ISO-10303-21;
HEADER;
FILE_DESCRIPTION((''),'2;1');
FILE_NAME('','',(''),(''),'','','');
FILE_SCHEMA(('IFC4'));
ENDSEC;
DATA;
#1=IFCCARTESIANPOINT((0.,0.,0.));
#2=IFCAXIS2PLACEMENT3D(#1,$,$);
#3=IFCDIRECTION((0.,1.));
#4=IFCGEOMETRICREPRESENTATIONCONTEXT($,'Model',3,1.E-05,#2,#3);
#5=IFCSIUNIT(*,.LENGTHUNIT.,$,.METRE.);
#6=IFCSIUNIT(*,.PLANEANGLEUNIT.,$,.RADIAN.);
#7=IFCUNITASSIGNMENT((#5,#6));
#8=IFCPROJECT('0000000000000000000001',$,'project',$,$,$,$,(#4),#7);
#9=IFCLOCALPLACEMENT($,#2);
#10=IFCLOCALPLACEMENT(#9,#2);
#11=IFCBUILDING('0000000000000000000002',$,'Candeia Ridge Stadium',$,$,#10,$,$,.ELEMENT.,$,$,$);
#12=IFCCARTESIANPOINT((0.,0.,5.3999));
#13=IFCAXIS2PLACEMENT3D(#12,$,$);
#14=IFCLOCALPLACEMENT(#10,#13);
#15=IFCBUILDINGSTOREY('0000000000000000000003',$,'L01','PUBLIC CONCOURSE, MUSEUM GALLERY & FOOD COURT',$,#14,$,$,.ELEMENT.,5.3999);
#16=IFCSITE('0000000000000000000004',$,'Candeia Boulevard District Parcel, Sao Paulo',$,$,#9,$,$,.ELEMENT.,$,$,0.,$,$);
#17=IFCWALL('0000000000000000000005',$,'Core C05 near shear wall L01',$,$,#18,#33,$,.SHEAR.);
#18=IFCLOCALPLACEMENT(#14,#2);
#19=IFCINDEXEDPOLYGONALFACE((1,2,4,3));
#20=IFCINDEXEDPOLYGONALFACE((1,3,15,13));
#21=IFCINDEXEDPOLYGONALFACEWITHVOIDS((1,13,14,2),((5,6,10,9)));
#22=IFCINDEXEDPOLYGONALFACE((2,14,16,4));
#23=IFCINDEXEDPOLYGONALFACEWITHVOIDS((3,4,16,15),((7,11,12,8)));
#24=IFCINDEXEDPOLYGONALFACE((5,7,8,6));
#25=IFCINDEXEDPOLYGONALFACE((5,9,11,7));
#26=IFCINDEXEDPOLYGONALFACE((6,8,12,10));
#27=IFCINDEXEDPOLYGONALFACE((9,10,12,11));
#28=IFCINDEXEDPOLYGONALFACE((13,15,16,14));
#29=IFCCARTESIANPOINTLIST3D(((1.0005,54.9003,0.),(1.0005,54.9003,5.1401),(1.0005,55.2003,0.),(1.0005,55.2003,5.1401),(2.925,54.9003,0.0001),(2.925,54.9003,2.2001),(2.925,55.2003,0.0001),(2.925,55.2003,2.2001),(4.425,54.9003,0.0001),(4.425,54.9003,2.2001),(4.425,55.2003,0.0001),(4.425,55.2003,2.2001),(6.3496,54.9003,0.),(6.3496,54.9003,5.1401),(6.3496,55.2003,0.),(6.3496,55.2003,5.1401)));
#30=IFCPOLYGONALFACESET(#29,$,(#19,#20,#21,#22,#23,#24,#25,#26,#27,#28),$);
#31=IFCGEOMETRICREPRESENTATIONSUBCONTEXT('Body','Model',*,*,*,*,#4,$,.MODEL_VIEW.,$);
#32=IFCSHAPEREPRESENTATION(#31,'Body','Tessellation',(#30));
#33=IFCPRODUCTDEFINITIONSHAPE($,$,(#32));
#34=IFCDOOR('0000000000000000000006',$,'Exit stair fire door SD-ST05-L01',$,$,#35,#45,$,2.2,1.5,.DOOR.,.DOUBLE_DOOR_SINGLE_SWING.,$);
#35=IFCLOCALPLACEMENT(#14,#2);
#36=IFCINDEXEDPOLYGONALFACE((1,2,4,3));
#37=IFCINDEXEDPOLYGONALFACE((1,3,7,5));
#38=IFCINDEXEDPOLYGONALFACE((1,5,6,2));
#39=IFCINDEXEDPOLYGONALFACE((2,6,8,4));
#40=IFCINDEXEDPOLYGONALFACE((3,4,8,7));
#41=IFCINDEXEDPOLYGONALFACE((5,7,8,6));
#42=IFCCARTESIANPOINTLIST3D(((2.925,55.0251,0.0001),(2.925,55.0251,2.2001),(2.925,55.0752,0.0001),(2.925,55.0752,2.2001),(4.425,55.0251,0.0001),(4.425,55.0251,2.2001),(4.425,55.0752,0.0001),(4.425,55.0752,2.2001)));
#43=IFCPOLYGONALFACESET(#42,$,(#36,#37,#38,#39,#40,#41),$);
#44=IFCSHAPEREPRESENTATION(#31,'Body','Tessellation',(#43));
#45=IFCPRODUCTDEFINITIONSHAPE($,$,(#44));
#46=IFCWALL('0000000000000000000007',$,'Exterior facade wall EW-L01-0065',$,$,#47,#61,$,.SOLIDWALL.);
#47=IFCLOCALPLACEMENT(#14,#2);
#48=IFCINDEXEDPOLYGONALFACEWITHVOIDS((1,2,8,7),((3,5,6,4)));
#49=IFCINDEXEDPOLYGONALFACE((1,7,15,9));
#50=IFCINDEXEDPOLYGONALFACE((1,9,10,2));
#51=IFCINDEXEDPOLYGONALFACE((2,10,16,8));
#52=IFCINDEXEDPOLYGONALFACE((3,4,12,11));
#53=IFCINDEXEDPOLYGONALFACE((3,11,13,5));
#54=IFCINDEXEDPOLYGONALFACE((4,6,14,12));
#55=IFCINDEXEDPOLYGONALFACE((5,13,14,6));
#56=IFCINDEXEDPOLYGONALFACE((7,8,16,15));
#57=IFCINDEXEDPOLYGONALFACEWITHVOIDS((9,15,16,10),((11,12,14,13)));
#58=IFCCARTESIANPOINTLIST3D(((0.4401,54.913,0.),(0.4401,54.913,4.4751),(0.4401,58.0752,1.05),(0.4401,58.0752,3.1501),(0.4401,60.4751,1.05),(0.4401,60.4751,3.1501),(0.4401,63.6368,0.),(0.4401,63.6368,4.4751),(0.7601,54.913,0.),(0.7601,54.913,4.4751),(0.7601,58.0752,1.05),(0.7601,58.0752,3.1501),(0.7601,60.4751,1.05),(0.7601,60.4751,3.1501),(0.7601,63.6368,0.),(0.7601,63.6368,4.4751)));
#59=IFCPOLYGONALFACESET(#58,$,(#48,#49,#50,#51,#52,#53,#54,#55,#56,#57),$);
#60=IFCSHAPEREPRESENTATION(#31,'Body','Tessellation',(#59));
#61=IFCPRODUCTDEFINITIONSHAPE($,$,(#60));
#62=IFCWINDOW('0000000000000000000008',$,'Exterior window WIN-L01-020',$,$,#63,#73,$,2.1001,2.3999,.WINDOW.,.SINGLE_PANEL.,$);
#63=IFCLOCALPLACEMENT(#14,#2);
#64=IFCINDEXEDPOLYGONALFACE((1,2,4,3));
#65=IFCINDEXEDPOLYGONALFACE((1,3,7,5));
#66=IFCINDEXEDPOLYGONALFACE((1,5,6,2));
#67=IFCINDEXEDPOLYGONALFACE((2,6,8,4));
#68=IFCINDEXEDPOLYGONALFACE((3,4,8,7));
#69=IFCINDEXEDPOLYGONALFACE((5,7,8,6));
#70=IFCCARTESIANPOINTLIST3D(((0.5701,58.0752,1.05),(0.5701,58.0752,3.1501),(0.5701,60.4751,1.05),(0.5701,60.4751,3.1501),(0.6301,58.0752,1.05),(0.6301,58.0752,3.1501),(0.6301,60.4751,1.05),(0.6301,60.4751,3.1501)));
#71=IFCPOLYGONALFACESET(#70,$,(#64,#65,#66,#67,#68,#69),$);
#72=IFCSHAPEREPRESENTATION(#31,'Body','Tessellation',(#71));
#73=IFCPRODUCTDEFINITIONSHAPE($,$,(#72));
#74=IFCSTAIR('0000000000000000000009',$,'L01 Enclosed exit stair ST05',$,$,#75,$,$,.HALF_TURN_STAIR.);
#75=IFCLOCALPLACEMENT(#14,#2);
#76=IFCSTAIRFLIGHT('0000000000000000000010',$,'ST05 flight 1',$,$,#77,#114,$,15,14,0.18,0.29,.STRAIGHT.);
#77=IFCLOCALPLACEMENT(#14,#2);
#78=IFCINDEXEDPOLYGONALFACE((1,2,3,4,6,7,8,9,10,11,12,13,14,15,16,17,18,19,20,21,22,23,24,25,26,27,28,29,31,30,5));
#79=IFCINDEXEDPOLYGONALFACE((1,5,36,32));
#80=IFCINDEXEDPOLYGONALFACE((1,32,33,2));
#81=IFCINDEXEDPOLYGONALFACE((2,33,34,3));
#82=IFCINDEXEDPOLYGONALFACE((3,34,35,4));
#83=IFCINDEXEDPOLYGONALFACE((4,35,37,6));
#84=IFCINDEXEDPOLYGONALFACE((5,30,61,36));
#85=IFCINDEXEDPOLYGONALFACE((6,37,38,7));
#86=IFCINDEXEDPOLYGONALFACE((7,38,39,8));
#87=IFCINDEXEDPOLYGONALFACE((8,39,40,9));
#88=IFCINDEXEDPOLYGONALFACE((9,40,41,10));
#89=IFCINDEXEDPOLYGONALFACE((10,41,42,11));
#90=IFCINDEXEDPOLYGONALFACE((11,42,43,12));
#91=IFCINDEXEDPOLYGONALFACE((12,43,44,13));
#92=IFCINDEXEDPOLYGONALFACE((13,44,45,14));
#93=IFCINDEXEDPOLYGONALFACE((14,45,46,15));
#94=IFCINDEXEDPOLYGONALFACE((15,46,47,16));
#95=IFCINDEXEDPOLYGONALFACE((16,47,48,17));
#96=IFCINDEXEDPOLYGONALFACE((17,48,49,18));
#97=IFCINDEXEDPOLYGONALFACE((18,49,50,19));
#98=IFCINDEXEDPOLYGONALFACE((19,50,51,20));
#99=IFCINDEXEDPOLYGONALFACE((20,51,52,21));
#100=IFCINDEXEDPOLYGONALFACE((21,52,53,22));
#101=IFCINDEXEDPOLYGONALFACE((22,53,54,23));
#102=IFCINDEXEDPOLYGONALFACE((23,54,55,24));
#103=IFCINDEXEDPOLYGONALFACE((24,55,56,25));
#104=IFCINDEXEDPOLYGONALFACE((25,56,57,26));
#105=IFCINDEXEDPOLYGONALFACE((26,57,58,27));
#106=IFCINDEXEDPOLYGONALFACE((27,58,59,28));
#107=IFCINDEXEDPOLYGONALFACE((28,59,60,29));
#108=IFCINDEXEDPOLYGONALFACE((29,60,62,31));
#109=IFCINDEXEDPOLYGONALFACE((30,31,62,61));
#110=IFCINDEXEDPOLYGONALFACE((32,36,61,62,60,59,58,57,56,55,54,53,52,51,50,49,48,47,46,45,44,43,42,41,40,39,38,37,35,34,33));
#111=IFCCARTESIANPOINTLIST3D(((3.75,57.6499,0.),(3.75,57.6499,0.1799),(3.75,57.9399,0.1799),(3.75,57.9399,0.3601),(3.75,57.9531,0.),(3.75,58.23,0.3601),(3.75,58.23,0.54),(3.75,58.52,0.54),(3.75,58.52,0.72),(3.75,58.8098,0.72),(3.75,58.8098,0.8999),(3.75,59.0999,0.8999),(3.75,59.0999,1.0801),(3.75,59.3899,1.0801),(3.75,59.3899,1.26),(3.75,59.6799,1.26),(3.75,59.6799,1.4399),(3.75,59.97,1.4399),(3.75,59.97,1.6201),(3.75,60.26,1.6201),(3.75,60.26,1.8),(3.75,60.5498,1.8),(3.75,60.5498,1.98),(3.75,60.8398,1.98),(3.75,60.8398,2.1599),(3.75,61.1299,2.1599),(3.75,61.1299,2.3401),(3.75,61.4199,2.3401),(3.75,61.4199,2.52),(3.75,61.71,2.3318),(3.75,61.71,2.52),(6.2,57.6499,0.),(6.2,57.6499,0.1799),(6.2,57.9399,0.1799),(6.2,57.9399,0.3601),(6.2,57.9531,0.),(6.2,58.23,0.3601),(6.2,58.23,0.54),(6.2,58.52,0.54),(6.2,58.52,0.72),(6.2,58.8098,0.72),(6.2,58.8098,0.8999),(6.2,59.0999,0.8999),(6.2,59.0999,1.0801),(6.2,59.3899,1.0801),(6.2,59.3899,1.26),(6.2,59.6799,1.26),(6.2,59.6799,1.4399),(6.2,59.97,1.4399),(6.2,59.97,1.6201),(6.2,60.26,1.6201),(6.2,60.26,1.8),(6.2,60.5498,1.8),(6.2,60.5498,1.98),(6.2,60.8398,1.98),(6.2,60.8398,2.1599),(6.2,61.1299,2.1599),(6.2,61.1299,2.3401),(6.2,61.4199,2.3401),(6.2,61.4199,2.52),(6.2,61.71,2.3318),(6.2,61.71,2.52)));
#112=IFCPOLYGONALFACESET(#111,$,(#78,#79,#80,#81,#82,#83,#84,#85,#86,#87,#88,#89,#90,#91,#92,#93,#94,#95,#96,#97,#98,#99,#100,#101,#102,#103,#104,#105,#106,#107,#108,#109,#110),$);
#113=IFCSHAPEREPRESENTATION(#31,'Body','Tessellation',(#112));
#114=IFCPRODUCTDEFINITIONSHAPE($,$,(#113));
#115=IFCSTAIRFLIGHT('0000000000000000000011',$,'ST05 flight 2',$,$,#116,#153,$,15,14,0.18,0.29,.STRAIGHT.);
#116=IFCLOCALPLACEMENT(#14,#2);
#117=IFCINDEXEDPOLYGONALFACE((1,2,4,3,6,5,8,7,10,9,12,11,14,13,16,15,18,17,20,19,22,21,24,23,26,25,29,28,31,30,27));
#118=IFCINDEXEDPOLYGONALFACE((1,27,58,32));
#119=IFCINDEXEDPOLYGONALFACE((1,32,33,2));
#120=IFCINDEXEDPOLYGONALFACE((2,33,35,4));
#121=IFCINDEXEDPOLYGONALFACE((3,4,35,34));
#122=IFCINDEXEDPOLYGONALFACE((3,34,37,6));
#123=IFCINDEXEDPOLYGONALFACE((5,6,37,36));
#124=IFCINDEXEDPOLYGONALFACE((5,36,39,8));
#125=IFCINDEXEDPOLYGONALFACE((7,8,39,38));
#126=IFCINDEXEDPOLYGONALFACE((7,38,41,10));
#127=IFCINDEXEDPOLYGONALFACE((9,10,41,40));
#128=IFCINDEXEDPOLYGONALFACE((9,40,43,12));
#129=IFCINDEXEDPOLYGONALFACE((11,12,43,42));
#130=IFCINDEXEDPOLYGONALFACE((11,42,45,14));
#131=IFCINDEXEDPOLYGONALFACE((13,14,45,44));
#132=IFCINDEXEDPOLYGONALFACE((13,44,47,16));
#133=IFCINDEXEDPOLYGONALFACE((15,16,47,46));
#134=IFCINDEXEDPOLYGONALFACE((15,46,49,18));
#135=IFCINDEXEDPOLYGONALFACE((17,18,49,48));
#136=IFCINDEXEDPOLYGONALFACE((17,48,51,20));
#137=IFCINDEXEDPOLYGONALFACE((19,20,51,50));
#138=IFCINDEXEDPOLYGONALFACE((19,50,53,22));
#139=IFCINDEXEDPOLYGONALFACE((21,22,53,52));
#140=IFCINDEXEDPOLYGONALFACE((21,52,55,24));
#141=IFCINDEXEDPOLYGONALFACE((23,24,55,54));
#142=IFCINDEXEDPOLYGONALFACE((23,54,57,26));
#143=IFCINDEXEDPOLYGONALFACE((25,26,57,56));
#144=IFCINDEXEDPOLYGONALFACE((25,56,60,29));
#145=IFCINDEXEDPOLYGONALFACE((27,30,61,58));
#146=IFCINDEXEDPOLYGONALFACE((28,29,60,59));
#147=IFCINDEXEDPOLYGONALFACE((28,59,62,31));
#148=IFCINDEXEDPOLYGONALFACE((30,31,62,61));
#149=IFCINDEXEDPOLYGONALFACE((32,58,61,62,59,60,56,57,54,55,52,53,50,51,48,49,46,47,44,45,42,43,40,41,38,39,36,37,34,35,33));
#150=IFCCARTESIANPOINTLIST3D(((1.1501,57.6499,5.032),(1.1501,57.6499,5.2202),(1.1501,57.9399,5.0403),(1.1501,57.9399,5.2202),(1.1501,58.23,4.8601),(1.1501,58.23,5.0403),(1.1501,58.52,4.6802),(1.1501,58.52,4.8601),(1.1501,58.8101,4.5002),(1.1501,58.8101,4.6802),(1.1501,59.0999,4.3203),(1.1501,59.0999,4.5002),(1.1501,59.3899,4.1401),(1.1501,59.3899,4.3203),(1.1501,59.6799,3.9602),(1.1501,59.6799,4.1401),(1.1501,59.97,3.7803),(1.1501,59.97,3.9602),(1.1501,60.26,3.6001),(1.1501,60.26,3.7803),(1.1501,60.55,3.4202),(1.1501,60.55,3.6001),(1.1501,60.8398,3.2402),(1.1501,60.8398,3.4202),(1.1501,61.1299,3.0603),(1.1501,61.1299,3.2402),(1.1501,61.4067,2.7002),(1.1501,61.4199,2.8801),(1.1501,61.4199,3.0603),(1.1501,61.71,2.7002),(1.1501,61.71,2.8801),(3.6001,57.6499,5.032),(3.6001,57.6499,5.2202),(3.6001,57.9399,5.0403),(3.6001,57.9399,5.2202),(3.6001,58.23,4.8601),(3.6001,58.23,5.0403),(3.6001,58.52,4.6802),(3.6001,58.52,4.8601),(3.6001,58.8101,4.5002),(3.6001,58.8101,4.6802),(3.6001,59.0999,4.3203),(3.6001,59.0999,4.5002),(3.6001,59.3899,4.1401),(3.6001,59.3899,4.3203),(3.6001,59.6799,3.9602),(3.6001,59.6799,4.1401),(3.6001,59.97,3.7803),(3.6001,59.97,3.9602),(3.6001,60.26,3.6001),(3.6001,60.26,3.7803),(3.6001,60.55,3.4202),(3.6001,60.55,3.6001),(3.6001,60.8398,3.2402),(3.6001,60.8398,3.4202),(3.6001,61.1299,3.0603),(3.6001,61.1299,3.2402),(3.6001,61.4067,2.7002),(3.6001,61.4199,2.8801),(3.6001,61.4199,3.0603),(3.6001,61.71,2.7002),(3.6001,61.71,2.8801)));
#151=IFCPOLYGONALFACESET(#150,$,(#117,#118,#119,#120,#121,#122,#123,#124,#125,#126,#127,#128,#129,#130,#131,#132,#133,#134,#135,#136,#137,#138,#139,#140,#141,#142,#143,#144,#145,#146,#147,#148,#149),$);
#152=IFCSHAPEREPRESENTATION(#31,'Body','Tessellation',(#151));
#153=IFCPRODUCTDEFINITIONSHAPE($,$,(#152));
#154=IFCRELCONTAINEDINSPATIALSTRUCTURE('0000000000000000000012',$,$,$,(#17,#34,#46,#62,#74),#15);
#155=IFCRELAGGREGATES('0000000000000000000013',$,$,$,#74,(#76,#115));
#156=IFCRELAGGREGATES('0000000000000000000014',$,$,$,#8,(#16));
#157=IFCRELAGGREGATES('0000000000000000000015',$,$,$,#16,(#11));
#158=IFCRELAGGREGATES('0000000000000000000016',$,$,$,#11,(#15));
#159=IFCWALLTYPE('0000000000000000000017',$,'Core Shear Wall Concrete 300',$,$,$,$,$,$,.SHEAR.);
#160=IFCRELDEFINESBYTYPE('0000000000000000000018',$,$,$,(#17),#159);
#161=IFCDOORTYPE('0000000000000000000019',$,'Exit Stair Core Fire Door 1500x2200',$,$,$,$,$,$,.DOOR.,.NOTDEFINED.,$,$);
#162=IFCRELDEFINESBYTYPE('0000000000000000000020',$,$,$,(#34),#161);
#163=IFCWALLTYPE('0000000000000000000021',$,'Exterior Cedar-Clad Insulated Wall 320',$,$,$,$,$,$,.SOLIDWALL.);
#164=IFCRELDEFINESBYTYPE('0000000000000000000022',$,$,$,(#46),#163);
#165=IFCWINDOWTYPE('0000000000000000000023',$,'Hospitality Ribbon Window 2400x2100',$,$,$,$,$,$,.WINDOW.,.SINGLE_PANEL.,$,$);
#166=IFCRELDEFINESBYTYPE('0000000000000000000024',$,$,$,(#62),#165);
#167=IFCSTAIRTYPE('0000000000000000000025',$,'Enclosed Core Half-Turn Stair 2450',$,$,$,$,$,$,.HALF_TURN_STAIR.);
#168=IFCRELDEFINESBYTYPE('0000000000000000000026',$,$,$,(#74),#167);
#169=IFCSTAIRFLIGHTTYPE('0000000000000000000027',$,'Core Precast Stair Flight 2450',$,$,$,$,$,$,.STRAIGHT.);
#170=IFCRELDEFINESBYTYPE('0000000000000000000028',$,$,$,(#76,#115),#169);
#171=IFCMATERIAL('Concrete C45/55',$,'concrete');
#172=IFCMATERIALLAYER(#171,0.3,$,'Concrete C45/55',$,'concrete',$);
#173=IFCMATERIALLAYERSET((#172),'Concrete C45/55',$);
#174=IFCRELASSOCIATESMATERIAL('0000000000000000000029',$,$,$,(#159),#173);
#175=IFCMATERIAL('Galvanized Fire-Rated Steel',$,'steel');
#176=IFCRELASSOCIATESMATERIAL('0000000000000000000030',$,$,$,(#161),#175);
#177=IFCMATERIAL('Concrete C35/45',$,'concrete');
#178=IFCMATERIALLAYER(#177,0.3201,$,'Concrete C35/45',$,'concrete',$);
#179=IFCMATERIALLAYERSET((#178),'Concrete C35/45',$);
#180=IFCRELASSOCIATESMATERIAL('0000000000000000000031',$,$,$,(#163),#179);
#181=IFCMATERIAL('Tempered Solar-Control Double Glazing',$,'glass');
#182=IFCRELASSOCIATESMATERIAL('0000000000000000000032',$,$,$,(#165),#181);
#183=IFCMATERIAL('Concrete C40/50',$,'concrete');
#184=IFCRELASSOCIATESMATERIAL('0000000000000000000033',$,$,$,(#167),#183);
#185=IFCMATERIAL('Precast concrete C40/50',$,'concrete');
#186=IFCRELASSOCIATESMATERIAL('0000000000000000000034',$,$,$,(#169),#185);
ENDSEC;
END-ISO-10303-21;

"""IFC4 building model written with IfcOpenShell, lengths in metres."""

from ifc_helpers import new_model, si_unit, direction, frame, frame_2d, origin, place, context, subcontext, project, spatial, polyline, rectangle, outline, extrude, material, layer, layer_set, type_object, element, fill, aggregate, save


model = new_model("IFC4")

# Units and contexts
model_context = context("Model", 3, precision=1e-05, world=origin(), true_north=direction((0.0, 1.0)))
body_context = subcontext(model_context, "Body", "Model", "MODEL_VIEW")
ifc_project = project(units=[si_unit("LENGTHUNIT", "METRE"), si_unit("PLANEANGLEUNIT", "RADIAN")], contexts=[model_context])

# Site, building, storey
site_placement = place(None, origin())
site = spatial("IfcSite", under=ifc_project, at=site_placement, Name="Candeia Boulevard District Parcel, Sao Paulo", CompositionType="ELEMENT", RefElevation=0.0)
building_placement = place(site_placement, origin())
building = spatial("IfcBuilding", under=site, at=building_placement, Name="Candeia Ridge Stadium", CompositionType="ELEMENT")
storey_placement = place(building_placement, frame((0.0, 0.0, 5.3999)))
storey = spatial("IfcBuildingStorey", under=building, at=storey_placement, Name="L01", Description="PUBLIC CONCOURSE, MUSEUM GALLERY & FOOD COURT", CompositionType="ELEMENT", Elevation=5.3999)

# Shared definitions
ifc_material_1 = material(Name="Concrete C40/50", Category="concrete")
ifc_material_2 = material(Name="Concrete C45/55", Category="concrete")

# Shared definitions
ifc_layer_1 = layer(ifc_material_2, 0.3, Name="Concrete C45/55", Category="concrete")
ifc_layer_set_1 = layer_set([ifc_layer_1], Name="Concrete C45/55")
wall_type_1 = type_object("IfcWallType", Name="Core Shear Wall Concrete 300", PredefinedType="SHEAR", material=ifc_layer_set_1)

# Wall, opening, door
wall_1_placement = place(storey_placement, frame((1.0005, 55.0503, 0.0), z_axis=(0.0, 0.0, 1.0), x_axis=(1.0, 0.0, 0.0)))
wall_1 = element("IfcWall", 1, at=wall_1_placement, inside=storey, type_object=wall_type_1, Name="Core C05 near shear wall L01", PredefinedType="SHEAR", context=body_context, shape_type="SweptSolid", body=[
    extrude(rectangle(XDim=5.3491, YDim=0.3, at=frame_2d((2.6746, 0.0))), origin(), (0.0, 0.0, 1.0), 5.1401),
])
opening_1_placement = place(wall_1_placement, frame((1.9246, 0.0, 0.0)))
opening_1 = element("IfcOpeningElement", 2, at=opening_1_placement, cuts=wall_1, PredefinedType="OPENING", context=body_context, shape_type="SweptSolid", body=[
    extrude(rectangle(XDim=1.5, YDim=2.2, at=frame_2d((0.75, 1.1001))), frame((0.0, 0.1599, 0.0), z_axis=(0.0, -1.0, 0.0), x_axis=(1.0, 0.0, 0.0)), (0.0, 0.0, 1.0), 0.3201),
])
ifc_material_3 = material(Name="Galvanized Fire-Rated Steel", Category="steel")
door_type = type_object("IfcDoorType", Name="Exit Stair Core Fire Door 1500x2200", OperationType="NOTDEFINED", PredefinedType="DOOR", material=ifc_material_3)
door_placement = place(opening_1_placement, origin())
door = element("IfcDoor", 3, at=door_placement, inside=storey, type_object=door_type, Name="Exit stair fire door SD-ST05-L01", OperationType="DOUBLE_DOOR_SINGLE_SWING", OverallHeight=2.2, OverallWidth=1.5, PredefinedType="DOOR", context=body_context, shape_type="SweptSolid", body=[
    extrude(rectangle(XDim=1.5, YDim=2.2, at=frame_2d((0.75, 1.1001))), frame((0.0, 0.0249, 0.0), z_axis=(0.0, -1.0, 0.0), x_axis=(1.0, 0.0, 0.0)), (0.0, 0.0, 1.0), 0.05),
])
fill(opening_1, door)

# Wall, opening, window
ifc_material_4 = material(Name="Concrete C35/45", Category="concrete")
ifc_layer_2 = layer(ifc_material_4, 0.3201, Name="Concrete C35/45", Category="concrete")
ifc_layer_set_2 = layer_set([ifc_layer_2], Name="Concrete C35/45")
wall_type_2 = type_object("IfcWallType", Name="Exterior Cedar-Clad Insulated Wall 320", PredefinedType="SOLIDWALL", material=ifc_layer_set_2)
wall_2_placement = place(storey_placement, frame((0.6001, 54.9131, 0.0), z_axis=(0.0, 0.0, 1.0), x_axis=(0.0, 1.0, 0.0)))
wall_2 = element("IfcWall", 4, at=wall_2_placement, inside=storey, type_object=wall_type_2, Name="Exterior facade wall EW-L01-0065", PredefinedType="SOLIDWALL", context=body_context, shape_type="SweptSolid", body=[
    extrude(rectangle(XDim=8.7239, YDim=0.3201, at=frame_2d((4.3618, 0.0))), origin(), (0.0, 0.0, 1.0), 4.4751),
])
opening_2_placement = place(wall_2_placement, frame((3.1621, 0.0, 1.05)))
opening_2 = element("IfcOpeningElement", 5, at=opening_2_placement, cuts=wall_2, PredefinedType="OPENING", context=body_context, shape_type="SweptSolid", body=[
    extrude(rectangle(XDim=2.3999, YDim=2.1001, at=frame_2d((1.2, 1.05))), frame((0.0, 0.1699, 0.0), z_axis=(0.0, -1.0, 0.0), x_axis=(1.0, 0.0, 0.0)), (0.0, 0.0, 1.0), 0.3401),
])
ifc_material_5 = material(Name="Tempered Solar-Control Double Glazing", Category="glass")
window_type = type_object("IfcWindowType", Name="Hospitality Ribbon Window 2400x2100", PartitioningType="SINGLE_PANEL", PredefinedType="WINDOW", material=ifc_material_5)
window_placement = place(opening_2_placement, origin())
window = element("IfcWindow", 6, at=window_placement, inside=storey, type_object=window_type, Name="Exterior window WIN-L01-020", OverallHeight=2.1001, OverallWidth=2.3999, PartitioningType="SINGLE_PANEL", PredefinedType="WINDOW", context=body_context, shape_type="SweptSolid", body=[
    extrude(rectangle(XDim=2.3999, YDim=2.1001, at=frame_2d((1.2, 1.05))), frame((0.0, 0.03, 0.0), z_axis=(0.0, -1.0, 0.0), x_axis=(1.0, 0.0, 0.0)), (0.0, 0.0, 1.0), 0.0601),
])
fill(opening_2, window)

# Stair, stair flights
stair_type = type_object("IfcStairType", Name="Enclosed Core Half-Turn Stair 2450", PredefinedType="HALF_TURN_STAIR", material=ifc_material_1)
stair_placement = place(storey_placement, origin())
stair = element("IfcStair", 7, at=stair_placement, inside=storey, type_object=stair_type, Name="L01 Enclosed exit stair ST05", PredefinedType="HALF_TURN_STAIR")
ifc_material_6 = material(Name="Precast concrete C40/50", Category="concrete")
stair_flight_type = type_object("IfcStairFlightType", Name="Core Precast Stair Flight 2450", PredefinedType="STRAIGHT", material=ifc_material_6)
stair_flight_1_placement = place(storey_placement, frame((4.9751, 57.6499, 0.0), z_axis=(0.0, 0.0, 1.0), x_axis=(0.0, 1.0, 0.0)))
stair_flight_1 = element("IfcStairFlight", 8, at=stair_flight_1_placement, type_object=stair_flight_type, Name="ST05 flight 1", NumberOfRisers=15, NumberOfTreads=14, PredefinedType="STRAIGHT", RiserHeight=0.18, TreadLength=0.29, context=body_context, shape_type="SweptSolid", body=[
    extrude(outline(polyline([(0.0, 0.0), (0.0, 0.1799), (0.29, 0.1799), (0.29, 0.3601), (0.5801, 0.3601), (0.5801, 0.54), (0.8701, 0.54), (0.8701, 0.72), (1.1599, 0.72), (1.1599, 0.8999), (1.45, 0.8999), (1.45, 1.0801), (1.74, 1.0801), (1.74, 1.26), (2.03, 1.26), (2.03, 1.4399), (2.3201, 1.4399), (2.3201, 1.6201), (2.6101, 1.6201), (2.6101, 1.8), (2.8999, 1.8), (2.8999, 1.98), (3.1899, 1.98), (3.1899, 2.1599), (3.48, 2.1599), (3.48, 2.3401), (3.77, 2.3401), (3.77, 2.52), (4.0601, 2.52), (4.0601, 2.7), (4.0601, 2.3318), (0.3032, 0.0), (0.0, 0.0)])), frame((0.0, 1.2251, 0.0), z_axis=(0.0, -1.0, 0.0), x_axis=(1.0, 0.0, 0.0)), (0.0, 0.0, 1.0), 2.45),
])
stair_flight_2_placement = place(storey_placement, frame((2.375, 61.71, 2.7002), z_axis=(0.0, 0.0, 1.0), x_axis=(0.0, -1.0, 0.0)))
stair_flight_2 = element("IfcStairFlight", 9, at=stair_flight_2_placement, type_object=stair_flight_type, Name="ST05 flight 2", NumberOfRisers=15, NumberOfTreads=14, PredefinedType="STRAIGHT", RiserHeight=0.18, TreadLength=0.29, context=body_context, shape_type="SweptSolid", body=[
    extrude(outline(polyline([(0.0, 0.0), (0.0, 0.1799), (0.29, 0.1799), (0.29, 0.3601), (0.5801, 0.3601), (0.5801, 0.54), (0.8701, 0.54), (0.8701, 0.72), (1.1599, 0.72), (1.1599, 0.8999), (1.45, 0.8999), (1.45, 1.0801), (1.74, 1.0801), (1.74, 1.26), (2.03, 1.26), (2.03, 1.4399), (2.3201, 1.4399), (2.3201, 1.6201), (2.6101, 1.6201), (2.6101, 1.8), (2.8999, 1.8), (2.8999, 1.98), (3.1899, 1.98), (3.1899, 2.1599), (3.48, 2.1599), (3.48, 2.3401), (3.77, 2.3401), (3.77, 2.52), (4.0601, 2.52), (4.0601, 2.7), (4.0601, 2.3318), (0.3032, 0.0), (0.0, 0.0)])), frame((0.0, 1.2251, 0.0), z_axis=(0.0, -1.0, 0.0), x_axis=(1.0, 0.0, 0.0)), (0.0, 0.0, 1.0), 2.45),
])
aggregate(stair, [stair_flight_1, stair_flight_2])

save(model, "model.ifc")
